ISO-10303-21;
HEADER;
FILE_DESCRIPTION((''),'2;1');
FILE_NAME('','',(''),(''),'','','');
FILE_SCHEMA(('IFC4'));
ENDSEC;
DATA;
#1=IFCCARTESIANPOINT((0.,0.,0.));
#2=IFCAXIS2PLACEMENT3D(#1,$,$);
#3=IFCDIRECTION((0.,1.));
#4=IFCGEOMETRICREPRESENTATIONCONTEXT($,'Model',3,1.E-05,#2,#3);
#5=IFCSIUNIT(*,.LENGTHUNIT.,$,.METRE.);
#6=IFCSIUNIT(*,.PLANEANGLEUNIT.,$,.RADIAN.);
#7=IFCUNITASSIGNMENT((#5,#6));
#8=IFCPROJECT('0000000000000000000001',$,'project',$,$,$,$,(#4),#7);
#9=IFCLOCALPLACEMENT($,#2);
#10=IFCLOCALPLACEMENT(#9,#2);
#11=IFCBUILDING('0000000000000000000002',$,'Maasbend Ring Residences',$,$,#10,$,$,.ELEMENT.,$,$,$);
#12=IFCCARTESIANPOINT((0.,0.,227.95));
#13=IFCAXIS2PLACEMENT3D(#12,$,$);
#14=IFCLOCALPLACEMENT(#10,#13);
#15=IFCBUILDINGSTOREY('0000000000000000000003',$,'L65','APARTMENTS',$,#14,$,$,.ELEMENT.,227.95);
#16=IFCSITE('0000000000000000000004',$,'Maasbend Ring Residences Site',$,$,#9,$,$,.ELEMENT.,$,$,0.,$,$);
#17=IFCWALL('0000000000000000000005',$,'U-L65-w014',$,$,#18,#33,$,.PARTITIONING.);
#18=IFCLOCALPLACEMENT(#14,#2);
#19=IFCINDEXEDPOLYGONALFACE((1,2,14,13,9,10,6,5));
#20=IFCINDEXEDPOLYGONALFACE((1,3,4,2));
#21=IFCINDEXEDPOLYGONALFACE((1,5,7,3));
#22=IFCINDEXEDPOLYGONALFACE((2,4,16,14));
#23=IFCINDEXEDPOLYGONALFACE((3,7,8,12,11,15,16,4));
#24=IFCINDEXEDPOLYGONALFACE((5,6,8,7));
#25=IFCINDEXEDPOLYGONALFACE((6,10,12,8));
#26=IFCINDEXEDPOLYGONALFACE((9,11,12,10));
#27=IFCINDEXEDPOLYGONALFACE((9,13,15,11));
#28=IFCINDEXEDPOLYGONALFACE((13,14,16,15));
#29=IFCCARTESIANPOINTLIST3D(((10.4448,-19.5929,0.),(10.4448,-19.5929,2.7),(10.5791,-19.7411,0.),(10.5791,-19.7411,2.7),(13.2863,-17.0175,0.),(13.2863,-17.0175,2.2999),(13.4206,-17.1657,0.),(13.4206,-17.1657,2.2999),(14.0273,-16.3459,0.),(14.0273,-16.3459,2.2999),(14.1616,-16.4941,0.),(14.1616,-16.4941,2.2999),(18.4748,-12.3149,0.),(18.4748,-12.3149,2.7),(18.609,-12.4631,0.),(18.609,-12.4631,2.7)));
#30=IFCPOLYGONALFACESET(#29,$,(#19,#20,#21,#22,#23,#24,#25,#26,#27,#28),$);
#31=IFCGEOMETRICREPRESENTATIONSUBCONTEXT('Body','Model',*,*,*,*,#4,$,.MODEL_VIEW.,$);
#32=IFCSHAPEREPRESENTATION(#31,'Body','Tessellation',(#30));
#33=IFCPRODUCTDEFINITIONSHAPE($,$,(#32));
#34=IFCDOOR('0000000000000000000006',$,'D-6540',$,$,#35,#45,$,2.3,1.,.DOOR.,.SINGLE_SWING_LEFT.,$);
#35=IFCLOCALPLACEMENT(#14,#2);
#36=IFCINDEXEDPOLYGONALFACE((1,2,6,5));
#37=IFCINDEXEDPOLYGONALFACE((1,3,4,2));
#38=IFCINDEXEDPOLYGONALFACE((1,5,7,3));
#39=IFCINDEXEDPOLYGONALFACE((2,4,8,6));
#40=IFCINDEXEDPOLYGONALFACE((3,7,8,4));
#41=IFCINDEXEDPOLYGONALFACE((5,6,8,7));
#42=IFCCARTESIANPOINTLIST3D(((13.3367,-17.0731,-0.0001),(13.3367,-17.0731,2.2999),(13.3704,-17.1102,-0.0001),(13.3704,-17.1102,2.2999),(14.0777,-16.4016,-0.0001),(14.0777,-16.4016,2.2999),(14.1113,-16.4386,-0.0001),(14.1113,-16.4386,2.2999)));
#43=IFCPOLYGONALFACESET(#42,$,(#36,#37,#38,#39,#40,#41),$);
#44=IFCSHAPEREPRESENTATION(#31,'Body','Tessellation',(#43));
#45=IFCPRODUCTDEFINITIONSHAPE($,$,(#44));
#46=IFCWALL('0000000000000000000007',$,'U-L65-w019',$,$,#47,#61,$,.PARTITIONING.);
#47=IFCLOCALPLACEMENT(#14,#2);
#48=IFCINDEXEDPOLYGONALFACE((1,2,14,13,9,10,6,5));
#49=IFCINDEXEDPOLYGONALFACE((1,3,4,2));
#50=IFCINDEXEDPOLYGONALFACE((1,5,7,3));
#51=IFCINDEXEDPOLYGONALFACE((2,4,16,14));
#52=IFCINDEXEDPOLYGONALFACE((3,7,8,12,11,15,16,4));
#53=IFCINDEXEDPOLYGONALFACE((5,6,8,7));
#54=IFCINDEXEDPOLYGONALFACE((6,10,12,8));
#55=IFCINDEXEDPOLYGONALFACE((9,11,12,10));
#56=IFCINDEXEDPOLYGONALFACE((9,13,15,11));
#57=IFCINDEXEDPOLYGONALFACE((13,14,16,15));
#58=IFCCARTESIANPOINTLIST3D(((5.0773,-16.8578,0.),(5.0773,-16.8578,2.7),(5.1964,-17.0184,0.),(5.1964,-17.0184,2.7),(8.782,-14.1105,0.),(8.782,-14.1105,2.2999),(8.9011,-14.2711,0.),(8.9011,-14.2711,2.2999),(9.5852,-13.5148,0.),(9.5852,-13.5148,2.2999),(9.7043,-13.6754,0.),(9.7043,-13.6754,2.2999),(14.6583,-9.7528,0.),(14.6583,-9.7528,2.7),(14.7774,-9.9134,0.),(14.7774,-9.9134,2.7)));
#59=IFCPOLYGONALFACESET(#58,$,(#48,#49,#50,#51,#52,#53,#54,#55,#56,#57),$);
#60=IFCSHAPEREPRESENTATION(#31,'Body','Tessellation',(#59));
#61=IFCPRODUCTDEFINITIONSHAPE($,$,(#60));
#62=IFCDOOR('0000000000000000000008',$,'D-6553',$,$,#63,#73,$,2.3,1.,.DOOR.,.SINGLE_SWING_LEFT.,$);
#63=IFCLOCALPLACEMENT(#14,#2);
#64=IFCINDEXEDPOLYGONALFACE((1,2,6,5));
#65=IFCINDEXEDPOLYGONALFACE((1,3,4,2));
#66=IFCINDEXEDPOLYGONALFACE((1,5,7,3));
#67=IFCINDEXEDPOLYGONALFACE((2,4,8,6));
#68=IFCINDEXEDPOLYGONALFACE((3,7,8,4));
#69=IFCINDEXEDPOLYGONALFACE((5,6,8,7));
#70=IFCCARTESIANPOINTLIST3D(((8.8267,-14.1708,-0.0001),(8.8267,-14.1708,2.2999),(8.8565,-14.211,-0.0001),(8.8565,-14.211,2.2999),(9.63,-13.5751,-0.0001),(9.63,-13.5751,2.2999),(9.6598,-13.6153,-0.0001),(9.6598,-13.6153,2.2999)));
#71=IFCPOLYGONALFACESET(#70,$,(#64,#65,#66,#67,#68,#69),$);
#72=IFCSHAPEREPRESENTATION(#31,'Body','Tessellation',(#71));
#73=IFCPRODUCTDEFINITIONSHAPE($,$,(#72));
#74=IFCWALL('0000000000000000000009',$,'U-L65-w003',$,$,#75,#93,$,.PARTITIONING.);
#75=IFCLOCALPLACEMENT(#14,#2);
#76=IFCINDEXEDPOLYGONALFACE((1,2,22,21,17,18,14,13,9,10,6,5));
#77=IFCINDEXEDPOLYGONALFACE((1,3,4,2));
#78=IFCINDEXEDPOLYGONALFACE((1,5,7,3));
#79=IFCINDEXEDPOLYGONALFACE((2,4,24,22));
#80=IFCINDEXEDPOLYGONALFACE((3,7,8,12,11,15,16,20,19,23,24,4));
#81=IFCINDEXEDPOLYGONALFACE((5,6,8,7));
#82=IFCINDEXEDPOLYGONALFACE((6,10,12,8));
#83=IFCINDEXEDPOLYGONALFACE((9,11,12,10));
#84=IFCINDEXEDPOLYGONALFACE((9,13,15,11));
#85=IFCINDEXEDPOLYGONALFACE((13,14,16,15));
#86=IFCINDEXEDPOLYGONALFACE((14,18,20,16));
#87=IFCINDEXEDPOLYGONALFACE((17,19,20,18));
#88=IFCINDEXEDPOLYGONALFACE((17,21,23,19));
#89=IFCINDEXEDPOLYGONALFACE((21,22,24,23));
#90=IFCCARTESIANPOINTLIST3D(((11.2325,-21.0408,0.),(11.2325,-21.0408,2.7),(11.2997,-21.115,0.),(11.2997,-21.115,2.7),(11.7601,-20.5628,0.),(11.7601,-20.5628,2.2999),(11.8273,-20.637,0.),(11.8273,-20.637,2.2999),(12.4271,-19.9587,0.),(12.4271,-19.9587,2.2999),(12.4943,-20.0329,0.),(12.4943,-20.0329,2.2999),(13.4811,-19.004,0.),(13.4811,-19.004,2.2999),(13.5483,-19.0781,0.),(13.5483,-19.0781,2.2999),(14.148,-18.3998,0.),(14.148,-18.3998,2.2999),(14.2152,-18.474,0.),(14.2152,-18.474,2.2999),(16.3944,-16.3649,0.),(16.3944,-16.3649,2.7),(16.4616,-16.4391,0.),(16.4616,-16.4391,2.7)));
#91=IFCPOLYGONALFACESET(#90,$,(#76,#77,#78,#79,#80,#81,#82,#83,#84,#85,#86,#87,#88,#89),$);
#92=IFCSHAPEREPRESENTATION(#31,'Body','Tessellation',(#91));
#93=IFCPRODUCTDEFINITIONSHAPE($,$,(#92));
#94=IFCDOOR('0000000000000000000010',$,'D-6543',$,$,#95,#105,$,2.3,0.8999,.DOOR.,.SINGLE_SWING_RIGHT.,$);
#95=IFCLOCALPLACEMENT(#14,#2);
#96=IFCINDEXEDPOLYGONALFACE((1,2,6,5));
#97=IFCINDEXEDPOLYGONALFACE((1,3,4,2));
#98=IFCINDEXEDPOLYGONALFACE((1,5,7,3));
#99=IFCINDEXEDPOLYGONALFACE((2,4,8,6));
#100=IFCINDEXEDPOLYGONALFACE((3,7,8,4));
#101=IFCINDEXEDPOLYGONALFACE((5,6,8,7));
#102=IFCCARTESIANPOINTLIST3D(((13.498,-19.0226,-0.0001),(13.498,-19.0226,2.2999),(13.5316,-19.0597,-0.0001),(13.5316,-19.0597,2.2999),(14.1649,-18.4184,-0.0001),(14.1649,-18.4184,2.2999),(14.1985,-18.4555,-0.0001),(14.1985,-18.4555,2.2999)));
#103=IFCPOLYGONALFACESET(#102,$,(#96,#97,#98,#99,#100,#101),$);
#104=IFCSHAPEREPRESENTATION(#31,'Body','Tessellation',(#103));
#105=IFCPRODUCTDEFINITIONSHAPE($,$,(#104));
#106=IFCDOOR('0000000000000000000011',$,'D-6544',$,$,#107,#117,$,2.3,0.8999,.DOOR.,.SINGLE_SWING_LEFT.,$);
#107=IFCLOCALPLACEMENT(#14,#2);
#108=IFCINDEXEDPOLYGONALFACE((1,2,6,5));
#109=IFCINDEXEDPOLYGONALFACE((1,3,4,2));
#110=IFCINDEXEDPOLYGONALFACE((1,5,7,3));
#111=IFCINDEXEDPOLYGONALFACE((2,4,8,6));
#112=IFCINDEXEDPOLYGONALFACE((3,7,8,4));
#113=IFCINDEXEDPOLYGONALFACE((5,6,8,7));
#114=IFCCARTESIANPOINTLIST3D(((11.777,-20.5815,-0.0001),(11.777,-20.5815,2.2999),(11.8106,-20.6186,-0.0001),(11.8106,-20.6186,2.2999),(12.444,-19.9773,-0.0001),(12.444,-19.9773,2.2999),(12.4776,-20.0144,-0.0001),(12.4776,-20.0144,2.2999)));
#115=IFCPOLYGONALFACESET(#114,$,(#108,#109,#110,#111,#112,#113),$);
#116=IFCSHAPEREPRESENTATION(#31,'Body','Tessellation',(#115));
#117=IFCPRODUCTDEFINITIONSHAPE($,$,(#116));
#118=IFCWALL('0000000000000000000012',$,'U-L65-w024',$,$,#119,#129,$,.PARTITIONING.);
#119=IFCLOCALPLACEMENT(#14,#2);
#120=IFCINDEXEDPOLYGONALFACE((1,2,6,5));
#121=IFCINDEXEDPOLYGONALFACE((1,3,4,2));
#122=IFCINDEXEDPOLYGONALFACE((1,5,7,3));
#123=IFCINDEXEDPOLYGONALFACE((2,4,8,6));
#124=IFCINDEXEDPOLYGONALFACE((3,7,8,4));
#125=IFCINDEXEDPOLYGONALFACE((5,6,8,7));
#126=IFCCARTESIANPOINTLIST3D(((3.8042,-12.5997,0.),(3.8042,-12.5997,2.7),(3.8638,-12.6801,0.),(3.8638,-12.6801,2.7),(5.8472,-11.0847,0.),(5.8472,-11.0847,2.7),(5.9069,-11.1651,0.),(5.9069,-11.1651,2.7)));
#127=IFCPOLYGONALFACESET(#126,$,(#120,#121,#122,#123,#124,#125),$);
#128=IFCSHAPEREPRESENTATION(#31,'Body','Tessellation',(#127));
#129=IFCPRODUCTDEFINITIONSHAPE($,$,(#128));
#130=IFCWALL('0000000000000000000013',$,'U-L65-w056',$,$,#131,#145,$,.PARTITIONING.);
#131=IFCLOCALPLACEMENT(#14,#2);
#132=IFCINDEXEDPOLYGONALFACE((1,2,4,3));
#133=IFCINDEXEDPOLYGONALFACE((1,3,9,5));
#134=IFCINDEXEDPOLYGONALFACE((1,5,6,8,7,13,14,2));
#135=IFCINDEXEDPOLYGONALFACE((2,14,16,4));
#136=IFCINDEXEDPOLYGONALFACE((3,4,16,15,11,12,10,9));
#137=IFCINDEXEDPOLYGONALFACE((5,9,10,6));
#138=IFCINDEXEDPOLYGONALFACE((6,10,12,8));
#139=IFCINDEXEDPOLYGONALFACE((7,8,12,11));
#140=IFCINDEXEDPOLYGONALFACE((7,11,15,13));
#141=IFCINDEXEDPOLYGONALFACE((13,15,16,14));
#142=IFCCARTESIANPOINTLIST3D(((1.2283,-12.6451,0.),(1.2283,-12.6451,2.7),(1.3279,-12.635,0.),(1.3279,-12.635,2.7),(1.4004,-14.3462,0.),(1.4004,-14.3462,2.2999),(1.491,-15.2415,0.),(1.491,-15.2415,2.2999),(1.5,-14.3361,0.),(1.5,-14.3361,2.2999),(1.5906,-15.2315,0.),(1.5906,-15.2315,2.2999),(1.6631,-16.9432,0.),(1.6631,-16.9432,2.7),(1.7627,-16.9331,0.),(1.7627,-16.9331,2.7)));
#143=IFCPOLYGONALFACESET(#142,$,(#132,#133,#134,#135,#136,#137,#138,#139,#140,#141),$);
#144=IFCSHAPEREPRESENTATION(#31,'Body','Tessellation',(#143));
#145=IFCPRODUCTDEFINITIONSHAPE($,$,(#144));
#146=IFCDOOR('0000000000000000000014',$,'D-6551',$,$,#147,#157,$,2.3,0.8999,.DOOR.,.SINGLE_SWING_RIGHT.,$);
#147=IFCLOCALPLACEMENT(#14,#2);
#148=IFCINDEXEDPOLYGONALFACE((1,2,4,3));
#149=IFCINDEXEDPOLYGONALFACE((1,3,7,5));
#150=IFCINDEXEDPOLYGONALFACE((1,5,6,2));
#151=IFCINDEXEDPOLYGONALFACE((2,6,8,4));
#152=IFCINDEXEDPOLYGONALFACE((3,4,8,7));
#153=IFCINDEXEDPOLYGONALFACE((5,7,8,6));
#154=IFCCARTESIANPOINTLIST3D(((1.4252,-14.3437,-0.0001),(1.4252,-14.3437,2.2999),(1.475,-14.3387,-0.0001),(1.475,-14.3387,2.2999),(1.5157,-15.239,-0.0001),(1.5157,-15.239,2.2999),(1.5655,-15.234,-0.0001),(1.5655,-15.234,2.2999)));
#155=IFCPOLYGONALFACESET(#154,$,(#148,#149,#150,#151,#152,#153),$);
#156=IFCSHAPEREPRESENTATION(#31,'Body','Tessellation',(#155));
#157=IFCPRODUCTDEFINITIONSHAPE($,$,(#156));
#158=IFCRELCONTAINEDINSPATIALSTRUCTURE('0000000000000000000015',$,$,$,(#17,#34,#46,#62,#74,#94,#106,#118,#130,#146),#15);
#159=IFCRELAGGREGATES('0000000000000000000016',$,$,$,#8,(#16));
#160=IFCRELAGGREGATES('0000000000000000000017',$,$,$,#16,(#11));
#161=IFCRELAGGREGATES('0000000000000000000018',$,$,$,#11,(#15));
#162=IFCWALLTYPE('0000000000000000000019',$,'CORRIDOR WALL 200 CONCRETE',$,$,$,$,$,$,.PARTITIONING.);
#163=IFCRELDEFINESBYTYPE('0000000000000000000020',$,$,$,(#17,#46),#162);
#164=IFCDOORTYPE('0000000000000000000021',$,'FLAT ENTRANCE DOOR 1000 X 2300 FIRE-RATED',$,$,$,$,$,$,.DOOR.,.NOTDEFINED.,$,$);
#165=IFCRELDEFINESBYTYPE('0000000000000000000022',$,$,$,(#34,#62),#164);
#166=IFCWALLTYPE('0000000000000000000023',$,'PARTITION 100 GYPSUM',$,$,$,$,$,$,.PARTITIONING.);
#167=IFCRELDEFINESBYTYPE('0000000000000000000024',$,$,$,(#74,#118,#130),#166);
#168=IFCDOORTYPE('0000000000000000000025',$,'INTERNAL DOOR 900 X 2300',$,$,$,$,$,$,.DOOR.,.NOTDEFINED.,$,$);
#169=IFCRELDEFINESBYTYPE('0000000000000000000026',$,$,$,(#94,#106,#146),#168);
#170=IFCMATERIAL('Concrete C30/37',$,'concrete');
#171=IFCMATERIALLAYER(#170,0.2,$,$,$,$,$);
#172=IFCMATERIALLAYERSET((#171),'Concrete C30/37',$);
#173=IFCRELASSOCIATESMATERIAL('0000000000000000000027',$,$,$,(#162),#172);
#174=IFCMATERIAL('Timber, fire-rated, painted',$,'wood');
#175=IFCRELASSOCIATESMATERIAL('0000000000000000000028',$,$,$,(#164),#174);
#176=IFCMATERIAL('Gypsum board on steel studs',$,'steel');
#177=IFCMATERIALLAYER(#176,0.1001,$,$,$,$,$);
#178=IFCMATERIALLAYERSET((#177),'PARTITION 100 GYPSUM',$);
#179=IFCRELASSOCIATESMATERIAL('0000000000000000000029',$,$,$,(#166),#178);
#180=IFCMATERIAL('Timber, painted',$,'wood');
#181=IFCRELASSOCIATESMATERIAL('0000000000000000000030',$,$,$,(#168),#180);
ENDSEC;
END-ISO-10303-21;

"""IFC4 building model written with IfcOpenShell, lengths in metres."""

from ifc_helpers import new_model, si_unit, direction, frame, frame_2d, origin, place, context, subcontext, project, spatial, rectangle, extrude, material, layer, layer_set, type_object, element, fill, save


model = new_model("IFC4")

# Units and contexts
model_context = context("Model", 3, precision=1e-05, world=origin(), true_north=direction((0.0, 1.0)))
body_context = subcontext(model_context, "Body", "Model", "MODEL_VIEW")
ifc_project = project(units=[si_unit("LENGTHUNIT", "METRE"), si_unit("PLANEANGLEUNIT", "RADIAN")], contexts=[model_context])

# Site, building, storey
site_placement = place(None, origin())
site = spatial("IfcSite", under=ifc_project, at=site_placement, Name="Maasbend Ring Residences Site", CompositionType="ELEMENT", RefElevation=0.0)
building_placement = place(site_placement, origin())
building = spatial("IfcBuilding", under=site, at=building_placement, Name="Maasbend Ring Residences", CompositionType="ELEMENT")
storey_placement = place(building_placement, frame((0.0, 0.0, 227.95)))
storey = spatial("IfcBuildingStorey", under=building, at=storey_placement, Name="L65", Description="APARTMENTS", CompositionType="ELEMENT", Elevation=227.95)

# Walls, openings, doors
ifc_material_1 = material(Name="Concrete C30/37", Category="concrete")
ifc_layer_1 = layer(ifc_material_1, 0.2)
ifc_layer_set_1 = layer_set([ifc_layer_1], Name="Concrete C30/37")
wall_type_1 = type_object("IfcWallType", Name="CORRIDOR WALL 200 CONCRETE", PredefinedType="PARTITIONING", material=ifc_layer_set_1)
wall_1_placement = place(storey_placement, frame((10.512, -19.667, 0.0), z_axis=(0.0, 0.0, 1.0), x_axis=(0.740947, 0.671563, 0.0)))
wall_1 = element("IfcWall", 1, at=wall_1_placement, inside=storey, type_object=wall_type_1, Name="U-L65-w014", PredefinedType="PARTITIONING", context=body_context, shape_type="SweptSolid", body=[
    extrude(rectangle(XDim=10.8374, YDim=0.2, at=frame_2d((5.4187, 0.0))), origin(), (0.0, 0.0, 1.0), 2.7),
])
opening_1_placement = place(wall_1_placement, frame((3.835, 0.0, 0.0)))
opening_1 = element("IfcOpeningElement", 2, at=opening_1_placement, cuts=wall_1, PredefinedType="OPENING", context=body_context, shape_type="SweptSolid", body=[
    extrude(rectangle(XDim=1.0, YDim=2.3, at=frame_2d((0.5, 1.1499))), frame((0.0, 0.1099, 0.0), z_axis=(0.0, -1.0, 0.0), x_axis=(1.0, 0.0, 0.0)), (0.0, 0.0, 1.0), 0.22),
])
ifc_material_2 = material(Name="Timber, fire-rated, painted", Category="wood")
door_type_1 = type_object("IfcDoorType", Name="FLAT ENTRANCE DOOR 1000 X 2300 FIRE-RATED", OperationType="NOTDEFINED", PredefinedType="DOOR", material=ifc_material_2)
door_1_placement = place(opening_1_placement, origin())
door_1 = element("IfcDoor", 3, at=door_1_placement, inside=storey, type_object=door_type_1, Name="D-6540", OperationType="SINGLE_SWING_LEFT", OverallHeight=2.3, OverallWidth=1.0, PredefinedType="DOOR", context=body_context, shape_type="SweptSolid", body=[
    extrude(rectangle(XDim=1.0, YDim=2.3, at=frame_2d((0.5, 1.1499))), frame((0.0, 0.0249, 0.0), z_axis=(0.0, -1.0, 0.0), x_axis=(1.0, 0.0, 0.0)), (0.0, 0.0, 1.0), 0.05),
])
fill(opening_1, door_1)
wall_2_placement = place(storey_placement, frame((5.137, -16.938, 0.0), z_axis=(0.0, 0.0, 1.0), x_axis=(0.80324, 0.595655, 0.0)))
wall_2 = element("IfcWall", 4, at=wall_2_placement, inside=storey, type_object=wall_type_1, Name="U-L65-w019", PredefinedType="PARTITIONING", context=body_context, shape_type="SweptSolid", body=[
    extrude(rectangle(XDim=11.928, YDim=0.2, at=frame_2d((5.9639, 0.0))), origin(), (0.0, 0.0, 1.0), 2.7),
])
opening_2_placement = place(wall_2_placement, frame((4.6121, 0.0, 0.0)))
opening_2 = element("IfcOpeningElement", 5, at=opening_2_placement, cuts=wall_2, PredefinedType="OPENING", context=body_context, shape_type="SweptSolid", body=[
    extrude(rectangle(XDim=1.0, YDim=2.3, at=frame_2d((0.5, 1.1499))), frame((0.0, 0.1099, 0.0), z_axis=(0.0, -1.0, 0.0), x_axis=(1.0, 0.0, 0.0)), (0.0, 0.0, 1.0), 0.22),
])
door_2_placement = place(opening_2_placement, origin())
door_2 = element("IfcDoor", 6, at=door_2_placement, inside=storey, type_object=door_type_1, Name="D-6553", OperationType="SINGLE_SWING_LEFT", OverallHeight=2.3, OverallWidth=1.0, PredefinedType="DOOR", context=body_context, shape_type="SweptSolid", body=[
    extrude(rectangle(XDim=1.0, YDim=2.3, at=frame_2d((0.5, 1.1499))), frame((0.0, 0.0249, 0.0), z_axis=(0.0, -1.0, 0.0), x_axis=(1.0, 0.0, 0.0)), (0.0, 0.0, 1.0), 0.05),
])
fill(opening_2, door_2)

# Wall, openings, doors
ifc_material_3 = material(Name="Gypsum board on steel studs", Category="steel")
ifc_layer_2 = layer(ifc_material_3, 0.1001)
ifc_layer_set_2 = layer_set([ifc_layer_2], Name="PARTITION 100 GYPSUM")
wall_type_2 = type_object("IfcWallType", Name="PARTITION 100 GYPSUM", PredefinedType="PARTITIONING", material=ifc_layer_set_2)
wall_3_placement = place(storey_placement, frame((11.2661, -21.0779, 0.0), z_axis=(0.0, 0.0, 1.0), x_axis=(0.741141, 0.671349, 0.0)))
wall_3 = element("IfcWall", 7, at=wall_3_placement, inside=storey, type_object=wall_type_2, Name="U-L65-w003", PredefinedType="PARTITIONING", context=body_context, shape_type="SweptSolid", body=[
    extrude(rectangle(XDim=6.9648, YDim=0.1001, at=frame_2d((3.4824, 0.0))), origin(), (0.0, 0.0, 1.0), 2.7),
])
opening_3_placement = place(wall_3_placement, frame((3.0339, 0.0, 0.0)))
opening_3 = element("IfcOpeningElement", 8, at=opening_3_placement, cuts=wall_3, PredefinedType="OPENING", context=body_context, shape_type="SweptSolid", body=[
    extrude(rectangle(XDim=0.8999, YDim=2.3, at=frame_2d((0.45, 1.1499))), frame((0.0, 0.0601, 0.0), z_axis=(0.0, -1.0, 0.0), x_axis=(1.0, 0.0, 0.0)), (0.0, 0.0, 1.0), 0.1201),
])
opening_4_placement = place(wall_3_placement, frame((0.7119, 0.0, 0.0)))
opening_4 = element("IfcOpeningElement", 9, at=opening_4_placement, cuts=wall_3, PredefinedType="OPENING", context=body_context, shape_type="SweptSolid", body=[
    extrude(rectangle(XDim=0.8999, YDim=2.3, at=frame_2d((0.45, 1.1499))), frame((0.0, 0.0601, 0.0), z_axis=(0.0, -1.0, 0.0), x_axis=(1.0, 0.0, 0.0)), (0.0, 0.0, 1.0), 0.1201),
])
ifc_material_4 = material(Name="Timber, painted", Category="wood")
door_type_2 = type_object("IfcDoorType", Name="INTERNAL DOOR 900 X 2300", OperationType="NOTDEFINED", PredefinedType="DOOR", material=ifc_material_4)
door_3_placement = place(opening_3_placement, origin())
door_3 = element("IfcDoor", 10, at=door_3_placement, inside=storey, type_object=door_type_2, Name="D-6543", OperationType="SINGLE_SWING_RIGHT", OverallHeight=2.3, OverallWidth=0.8999, PredefinedType="DOOR", context=body_context, shape_type="SweptSolid", body=[
    extrude(rectangle(XDim=0.8999, YDim=2.3, at=frame_2d((0.45, 1.1499))), frame((0.0, 0.0249, 0.0), z_axis=(0.0, -1.0, 0.0), x_axis=(1.0, 0.0, 0.0)), (0.0, 0.0, 1.0), 0.05),
])
fill(opening_3, door_3)
door_4_placement = place(opening_4_placement, origin())
door_4 = element("IfcDoor", 11, at=door_4_placement, inside=storey, type_object=door_type_2, Name="D-6544", OperationType="SINGLE_SWING_LEFT", OverallHeight=2.3, OverallWidth=0.8999, PredefinedType="DOOR", context=body_context, shape_type="SweptSolid", body=[
    extrude(rectangle(XDim=0.8999, YDim=2.3, at=frame_2d((0.45, 1.1499))), frame((0.0, 0.0249, 0.0), z_axis=(0.0, -1.0, 0.0), x_axis=(1.0, 0.0, 0.0)), (0.0, 0.0, 1.0), 0.05),
])
fill(opening_4, door_4)

# Wall
wall_4_placement = place(storey_placement, frame((3.834, -12.6399, 0.0), z_axis=(0.0, 0.0, 1.0), x_axis=(0.80326, 0.595629, 0.0)))
element("IfcWall", 12, at=wall_4_placement, inside=storey, type_object=wall_type_2, Name="U-L65-w024", PredefinedType="PARTITIONING", context=body_context, shape_type="SweptSolid", body=[
    extrude(rectangle(XDim=2.5435, YDim=0.1001, at=frame_2d((1.2717, 0.0))), origin(), (0.0, 0.0, 1.0), 2.7),
])

# Wall, opening, door
wall_5_placement = place(storey_placement, frame((1.2781, -12.6399, 0.0), z_axis=(0.0, 0.0, 1.0), x_axis=(0.100651, -0.994922, 0.0)))
wall_5 = element("IfcWall", 13, at=wall_5_placement, inside=storey, type_object=wall_type_2, Name="U-L65-w056", PredefinedType="PARTITIONING", context=body_context, shape_type="SweptSolid", body=[
    extrude(rectangle(XDim=4.3201, YDim=0.1001, at=frame_2d((2.1602, 0.0))), origin(), (0.0, 0.0, 1.0), 2.7),
])
opening_5_placement = place(wall_5_placement, frame((1.71, 0.0, 0.0)))
opening_5 = element("IfcOpeningElement", 14, at=opening_5_placement, cuts=wall_5, PredefinedType="OPENING", context=body_context, shape_type="SweptSolid", body=[
    extrude(rectangle(XDim=0.8999, YDim=2.3, at=frame_2d((0.45, 1.1499))), frame((0.0, 0.0601, 0.0), z_axis=(0.0, -1.0, 0.0), x_axis=(1.0, 0.0, 0.0)), (0.0, 0.0, 1.0), 0.1201),
])
door_5_placement = place(opening_5_placement, origin())
door_5 = element("IfcDoor", 15, at=door_5_placement, inside=storey, type_object=door_type_2, Name="D-6551", OperationType="SINGLE_SWING_RIGHT", OverallHeight=2.3, OverallWidth=0.8999, PredefinedType="DOOR", context=body_context, shape_type="SweptSolid", body=[
    extrude(rectangle(XDim=0.8999, YDim=2.3, at=frame_2d((0.45, 1.1499))), frame((0.0, 0.0249, 0.0), z_axis=(0.0, -1.0, 0.0), x_axis=(1.0, 0.0, 0.0)), (0.0, 0.0, 1.0), 0.05),
])
fill(opening_5, door_5)

save(model, "model.ifc")
